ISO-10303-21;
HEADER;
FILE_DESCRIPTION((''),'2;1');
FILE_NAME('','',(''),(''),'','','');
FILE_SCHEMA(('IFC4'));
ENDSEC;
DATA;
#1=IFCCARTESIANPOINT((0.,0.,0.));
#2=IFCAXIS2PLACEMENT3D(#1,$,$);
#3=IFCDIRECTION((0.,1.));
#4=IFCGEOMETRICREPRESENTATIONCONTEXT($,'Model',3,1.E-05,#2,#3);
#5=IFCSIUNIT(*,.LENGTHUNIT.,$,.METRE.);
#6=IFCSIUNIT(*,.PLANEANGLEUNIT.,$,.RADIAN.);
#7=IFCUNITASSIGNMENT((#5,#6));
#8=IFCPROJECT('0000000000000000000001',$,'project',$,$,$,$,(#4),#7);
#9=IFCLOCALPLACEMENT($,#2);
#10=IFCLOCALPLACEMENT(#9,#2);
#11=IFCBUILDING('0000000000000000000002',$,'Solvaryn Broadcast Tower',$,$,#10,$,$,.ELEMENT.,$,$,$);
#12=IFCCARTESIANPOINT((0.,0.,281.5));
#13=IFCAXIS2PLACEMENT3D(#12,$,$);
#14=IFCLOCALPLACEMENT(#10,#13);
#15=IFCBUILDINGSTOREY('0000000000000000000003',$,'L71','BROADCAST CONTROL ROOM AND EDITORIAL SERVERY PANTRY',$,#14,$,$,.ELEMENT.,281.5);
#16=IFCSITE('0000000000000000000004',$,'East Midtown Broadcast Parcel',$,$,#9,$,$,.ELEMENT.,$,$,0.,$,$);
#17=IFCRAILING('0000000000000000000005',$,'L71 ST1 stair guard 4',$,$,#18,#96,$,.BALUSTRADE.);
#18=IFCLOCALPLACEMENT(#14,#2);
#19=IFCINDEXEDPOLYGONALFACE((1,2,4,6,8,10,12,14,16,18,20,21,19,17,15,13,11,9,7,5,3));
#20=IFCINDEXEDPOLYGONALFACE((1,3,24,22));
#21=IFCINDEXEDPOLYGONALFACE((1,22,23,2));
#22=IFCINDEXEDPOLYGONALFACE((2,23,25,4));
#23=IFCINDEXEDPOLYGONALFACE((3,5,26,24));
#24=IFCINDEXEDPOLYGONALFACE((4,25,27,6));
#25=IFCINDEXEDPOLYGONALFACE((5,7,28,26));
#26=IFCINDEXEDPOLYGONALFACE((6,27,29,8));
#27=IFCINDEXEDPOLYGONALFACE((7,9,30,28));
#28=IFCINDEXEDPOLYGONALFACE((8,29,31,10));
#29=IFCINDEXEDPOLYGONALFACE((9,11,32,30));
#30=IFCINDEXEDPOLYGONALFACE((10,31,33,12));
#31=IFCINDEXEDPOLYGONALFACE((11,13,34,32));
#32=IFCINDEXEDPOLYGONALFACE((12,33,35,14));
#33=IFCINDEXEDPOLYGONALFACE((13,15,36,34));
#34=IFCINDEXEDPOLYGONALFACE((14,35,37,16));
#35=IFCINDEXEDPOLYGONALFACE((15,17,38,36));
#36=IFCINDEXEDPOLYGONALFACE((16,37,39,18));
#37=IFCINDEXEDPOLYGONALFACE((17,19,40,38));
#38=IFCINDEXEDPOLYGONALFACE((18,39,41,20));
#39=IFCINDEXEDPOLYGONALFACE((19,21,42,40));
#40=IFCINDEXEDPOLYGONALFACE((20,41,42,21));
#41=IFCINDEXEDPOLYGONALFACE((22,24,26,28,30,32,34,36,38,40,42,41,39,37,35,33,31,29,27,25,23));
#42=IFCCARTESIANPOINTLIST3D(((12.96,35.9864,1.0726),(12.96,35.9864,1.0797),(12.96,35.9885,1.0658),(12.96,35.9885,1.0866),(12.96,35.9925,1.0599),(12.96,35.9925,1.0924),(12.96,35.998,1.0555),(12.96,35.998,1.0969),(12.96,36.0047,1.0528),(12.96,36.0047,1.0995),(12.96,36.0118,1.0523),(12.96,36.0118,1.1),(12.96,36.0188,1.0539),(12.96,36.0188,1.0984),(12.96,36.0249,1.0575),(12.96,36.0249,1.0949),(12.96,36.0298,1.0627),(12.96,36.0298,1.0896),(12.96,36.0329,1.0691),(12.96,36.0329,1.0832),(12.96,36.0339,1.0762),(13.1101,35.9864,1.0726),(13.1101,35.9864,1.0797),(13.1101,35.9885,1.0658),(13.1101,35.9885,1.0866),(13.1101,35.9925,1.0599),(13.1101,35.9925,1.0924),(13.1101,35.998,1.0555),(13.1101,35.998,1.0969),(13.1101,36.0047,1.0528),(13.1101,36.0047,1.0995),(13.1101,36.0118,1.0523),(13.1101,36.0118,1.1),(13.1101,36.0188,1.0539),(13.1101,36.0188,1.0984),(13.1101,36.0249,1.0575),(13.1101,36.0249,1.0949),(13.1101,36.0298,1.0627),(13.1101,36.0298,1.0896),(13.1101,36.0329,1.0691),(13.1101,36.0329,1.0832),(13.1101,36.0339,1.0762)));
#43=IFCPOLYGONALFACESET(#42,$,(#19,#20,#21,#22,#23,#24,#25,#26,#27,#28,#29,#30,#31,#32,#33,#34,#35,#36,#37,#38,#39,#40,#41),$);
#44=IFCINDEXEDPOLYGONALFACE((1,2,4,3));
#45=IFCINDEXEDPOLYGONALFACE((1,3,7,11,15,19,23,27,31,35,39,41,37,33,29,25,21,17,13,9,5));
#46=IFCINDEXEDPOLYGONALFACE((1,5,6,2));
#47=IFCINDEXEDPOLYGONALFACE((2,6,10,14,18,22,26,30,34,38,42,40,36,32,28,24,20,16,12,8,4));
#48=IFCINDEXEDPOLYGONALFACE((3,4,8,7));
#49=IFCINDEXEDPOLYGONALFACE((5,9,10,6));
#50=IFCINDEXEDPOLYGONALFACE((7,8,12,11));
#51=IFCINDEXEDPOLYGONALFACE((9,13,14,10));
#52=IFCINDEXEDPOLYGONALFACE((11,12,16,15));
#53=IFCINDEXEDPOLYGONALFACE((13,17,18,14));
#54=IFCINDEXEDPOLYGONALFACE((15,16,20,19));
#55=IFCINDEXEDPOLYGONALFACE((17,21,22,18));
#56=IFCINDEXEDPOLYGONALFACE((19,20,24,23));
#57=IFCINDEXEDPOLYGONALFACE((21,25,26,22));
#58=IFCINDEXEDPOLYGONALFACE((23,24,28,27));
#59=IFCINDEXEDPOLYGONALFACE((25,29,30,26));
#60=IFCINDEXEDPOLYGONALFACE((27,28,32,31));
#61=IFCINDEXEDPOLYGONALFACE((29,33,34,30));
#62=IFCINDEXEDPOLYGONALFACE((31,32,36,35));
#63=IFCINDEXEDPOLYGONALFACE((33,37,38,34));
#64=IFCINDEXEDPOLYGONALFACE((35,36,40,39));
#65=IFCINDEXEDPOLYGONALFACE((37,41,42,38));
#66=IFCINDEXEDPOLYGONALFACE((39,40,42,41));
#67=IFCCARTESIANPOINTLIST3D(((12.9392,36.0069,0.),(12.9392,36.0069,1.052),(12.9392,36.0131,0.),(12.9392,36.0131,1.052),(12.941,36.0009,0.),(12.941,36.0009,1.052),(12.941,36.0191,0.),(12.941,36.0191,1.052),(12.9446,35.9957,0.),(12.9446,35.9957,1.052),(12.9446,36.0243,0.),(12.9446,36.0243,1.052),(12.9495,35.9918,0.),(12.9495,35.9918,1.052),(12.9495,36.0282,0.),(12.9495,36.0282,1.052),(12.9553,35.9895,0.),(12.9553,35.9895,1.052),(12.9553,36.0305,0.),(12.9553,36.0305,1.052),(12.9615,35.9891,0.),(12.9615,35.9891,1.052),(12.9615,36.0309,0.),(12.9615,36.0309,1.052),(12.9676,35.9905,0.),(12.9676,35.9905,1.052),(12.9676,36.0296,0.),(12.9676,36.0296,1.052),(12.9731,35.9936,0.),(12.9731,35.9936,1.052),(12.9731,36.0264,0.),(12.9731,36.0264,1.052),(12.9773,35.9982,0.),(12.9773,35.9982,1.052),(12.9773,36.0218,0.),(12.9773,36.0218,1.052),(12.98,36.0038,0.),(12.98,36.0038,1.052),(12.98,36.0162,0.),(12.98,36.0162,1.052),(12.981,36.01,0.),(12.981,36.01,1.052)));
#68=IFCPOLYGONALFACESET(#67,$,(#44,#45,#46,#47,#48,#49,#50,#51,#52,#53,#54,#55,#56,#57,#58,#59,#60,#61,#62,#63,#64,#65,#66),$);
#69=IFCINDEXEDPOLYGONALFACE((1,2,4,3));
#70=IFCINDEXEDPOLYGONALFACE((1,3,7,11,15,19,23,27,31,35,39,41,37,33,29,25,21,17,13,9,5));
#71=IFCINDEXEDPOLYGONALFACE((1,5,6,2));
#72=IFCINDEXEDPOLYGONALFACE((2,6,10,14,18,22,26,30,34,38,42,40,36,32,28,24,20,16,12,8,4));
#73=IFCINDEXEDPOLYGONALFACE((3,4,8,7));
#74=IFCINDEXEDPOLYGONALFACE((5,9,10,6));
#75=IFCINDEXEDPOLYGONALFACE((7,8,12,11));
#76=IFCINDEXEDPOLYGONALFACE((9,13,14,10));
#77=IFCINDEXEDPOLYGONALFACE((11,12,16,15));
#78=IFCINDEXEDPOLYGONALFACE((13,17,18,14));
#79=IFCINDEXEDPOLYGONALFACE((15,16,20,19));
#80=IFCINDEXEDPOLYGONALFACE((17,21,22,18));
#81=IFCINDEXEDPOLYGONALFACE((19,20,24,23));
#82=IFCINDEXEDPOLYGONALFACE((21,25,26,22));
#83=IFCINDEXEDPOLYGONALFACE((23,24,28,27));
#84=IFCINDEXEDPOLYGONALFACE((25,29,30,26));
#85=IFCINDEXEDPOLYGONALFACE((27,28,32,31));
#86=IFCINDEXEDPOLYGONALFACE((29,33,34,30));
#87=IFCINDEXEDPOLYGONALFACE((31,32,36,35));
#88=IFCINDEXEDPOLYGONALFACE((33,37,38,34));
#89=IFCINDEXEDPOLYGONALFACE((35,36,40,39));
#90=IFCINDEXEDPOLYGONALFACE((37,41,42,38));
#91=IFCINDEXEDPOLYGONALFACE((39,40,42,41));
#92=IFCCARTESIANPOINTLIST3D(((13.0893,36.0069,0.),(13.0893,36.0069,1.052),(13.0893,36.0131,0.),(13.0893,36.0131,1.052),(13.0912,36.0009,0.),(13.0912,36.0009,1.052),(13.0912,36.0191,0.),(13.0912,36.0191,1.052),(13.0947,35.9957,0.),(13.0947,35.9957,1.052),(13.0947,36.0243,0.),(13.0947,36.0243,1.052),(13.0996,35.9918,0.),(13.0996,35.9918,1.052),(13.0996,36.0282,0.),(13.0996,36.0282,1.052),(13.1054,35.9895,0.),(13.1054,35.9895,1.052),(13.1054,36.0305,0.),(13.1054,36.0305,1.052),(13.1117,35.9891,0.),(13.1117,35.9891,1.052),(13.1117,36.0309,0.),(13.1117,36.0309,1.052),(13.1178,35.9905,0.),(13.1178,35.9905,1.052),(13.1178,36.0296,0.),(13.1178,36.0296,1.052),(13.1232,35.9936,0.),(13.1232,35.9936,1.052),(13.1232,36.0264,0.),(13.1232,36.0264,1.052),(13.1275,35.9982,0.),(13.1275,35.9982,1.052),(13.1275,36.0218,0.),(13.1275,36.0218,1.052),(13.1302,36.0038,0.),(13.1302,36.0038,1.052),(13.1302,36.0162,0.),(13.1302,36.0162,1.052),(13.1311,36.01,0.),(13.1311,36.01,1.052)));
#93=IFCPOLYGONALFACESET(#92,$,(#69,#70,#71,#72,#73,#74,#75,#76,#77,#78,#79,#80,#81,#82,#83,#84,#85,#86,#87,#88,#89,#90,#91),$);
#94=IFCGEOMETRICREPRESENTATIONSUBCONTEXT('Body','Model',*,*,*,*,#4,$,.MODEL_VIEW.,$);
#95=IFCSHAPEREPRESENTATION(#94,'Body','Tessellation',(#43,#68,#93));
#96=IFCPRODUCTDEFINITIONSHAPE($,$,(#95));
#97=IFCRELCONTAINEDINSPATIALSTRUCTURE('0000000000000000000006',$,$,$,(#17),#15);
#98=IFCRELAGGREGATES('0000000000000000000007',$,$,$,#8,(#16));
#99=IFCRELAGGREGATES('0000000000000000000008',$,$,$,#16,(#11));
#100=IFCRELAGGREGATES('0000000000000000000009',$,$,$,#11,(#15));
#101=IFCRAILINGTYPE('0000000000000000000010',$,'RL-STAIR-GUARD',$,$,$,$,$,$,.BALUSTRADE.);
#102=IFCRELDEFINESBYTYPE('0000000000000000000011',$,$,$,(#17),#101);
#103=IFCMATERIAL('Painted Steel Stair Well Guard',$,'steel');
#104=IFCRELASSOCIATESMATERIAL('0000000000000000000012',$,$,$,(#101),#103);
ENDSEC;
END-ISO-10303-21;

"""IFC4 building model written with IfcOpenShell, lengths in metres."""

from ifc_helpers import new_model, si_unit, direction, frame, origin, origin_2d, place, context, subcontext, project, spatial, circle, extrude, material, type_object, element, save


model = new_model("IFC4")

# Units and contexts
model_context = context("Model", 3, precision=1e-05, world=origin(), true_north=direction((0.0, 1.0)))
body_context = subcontext(model_context, "Body", "Model", "MODEL_VIEW")
ifc_project = project(units=[si_unit("LENGTHUNIT", "METRE"), si_unit("PLANEANGLEUNIT", "RADIAN")], contexts=[model_context])

# Site, building, storey
site_placement = place(None, origin())
site = spatial("IfcSite", under=ifc_project, at=site_placement, Name="East Midtown Broadcast Parcel", CompositionType="ELEMENT", RefElevation=0.0)
building_placement = place(site_placement, origin())
building = spatial("IfcBuilding", under=site, at=building_placement, Name="Solvaryn Broadcast Tower", CompositionType="ELEMENT")
storey_placement = place(building_placement, frame((0.0, 0.0, 281.5)))
storey = spatial("IfcBuildingStorey", under=building, at=storey_placement, Name="L71", Description="BROADCAST CONTROL ROOM AND EDITORIAL SERVERY PANTRY", CompositionType="ELEMENT", Elevation=281.5)

# Railing
ifc_material_1 = material(Name="Painted Steel Stair Well Guard", Category="steel")
railing_type_1 = type_object("IfcRailingType", Name="RL-STAIR-GUARD", PredefinedType="BALUSTRADE", material=ifc_material_1)
railing_1_placement = place(storey_placement, frame((12.96, 36.01, 0.0)))
element("IfcRailing", 1, at=railing_1_placement, inside=storey, type_object=railing_type_1, Name="L71 ST1 stair guard 4", PredefinedType="BALUSTRADE", context=body_context, shape_type="SweptSolid", body=[
    extrude(circle(Radius=0.0239, at=origin_2d()), frame((0.0, 0.0, 1.0762), z_axis=(1.0, 0.0, 0.0), x_axis=(0.0, 1.0, 0.0)), (0.0, 0.0, 1.0), 0.1501),
    extrude(circle(Radius=0.021, at=origin_2d()), origin(), (0.0, 0.0, 1.0), 1.052),
    extrude(circle(Radius=0.021, at=origin_2d()), frame((0.1501, 0.0, 0.0)), (0.0, 0.0, 1.0), 1.052),
])

save(model, "model.ifc")
